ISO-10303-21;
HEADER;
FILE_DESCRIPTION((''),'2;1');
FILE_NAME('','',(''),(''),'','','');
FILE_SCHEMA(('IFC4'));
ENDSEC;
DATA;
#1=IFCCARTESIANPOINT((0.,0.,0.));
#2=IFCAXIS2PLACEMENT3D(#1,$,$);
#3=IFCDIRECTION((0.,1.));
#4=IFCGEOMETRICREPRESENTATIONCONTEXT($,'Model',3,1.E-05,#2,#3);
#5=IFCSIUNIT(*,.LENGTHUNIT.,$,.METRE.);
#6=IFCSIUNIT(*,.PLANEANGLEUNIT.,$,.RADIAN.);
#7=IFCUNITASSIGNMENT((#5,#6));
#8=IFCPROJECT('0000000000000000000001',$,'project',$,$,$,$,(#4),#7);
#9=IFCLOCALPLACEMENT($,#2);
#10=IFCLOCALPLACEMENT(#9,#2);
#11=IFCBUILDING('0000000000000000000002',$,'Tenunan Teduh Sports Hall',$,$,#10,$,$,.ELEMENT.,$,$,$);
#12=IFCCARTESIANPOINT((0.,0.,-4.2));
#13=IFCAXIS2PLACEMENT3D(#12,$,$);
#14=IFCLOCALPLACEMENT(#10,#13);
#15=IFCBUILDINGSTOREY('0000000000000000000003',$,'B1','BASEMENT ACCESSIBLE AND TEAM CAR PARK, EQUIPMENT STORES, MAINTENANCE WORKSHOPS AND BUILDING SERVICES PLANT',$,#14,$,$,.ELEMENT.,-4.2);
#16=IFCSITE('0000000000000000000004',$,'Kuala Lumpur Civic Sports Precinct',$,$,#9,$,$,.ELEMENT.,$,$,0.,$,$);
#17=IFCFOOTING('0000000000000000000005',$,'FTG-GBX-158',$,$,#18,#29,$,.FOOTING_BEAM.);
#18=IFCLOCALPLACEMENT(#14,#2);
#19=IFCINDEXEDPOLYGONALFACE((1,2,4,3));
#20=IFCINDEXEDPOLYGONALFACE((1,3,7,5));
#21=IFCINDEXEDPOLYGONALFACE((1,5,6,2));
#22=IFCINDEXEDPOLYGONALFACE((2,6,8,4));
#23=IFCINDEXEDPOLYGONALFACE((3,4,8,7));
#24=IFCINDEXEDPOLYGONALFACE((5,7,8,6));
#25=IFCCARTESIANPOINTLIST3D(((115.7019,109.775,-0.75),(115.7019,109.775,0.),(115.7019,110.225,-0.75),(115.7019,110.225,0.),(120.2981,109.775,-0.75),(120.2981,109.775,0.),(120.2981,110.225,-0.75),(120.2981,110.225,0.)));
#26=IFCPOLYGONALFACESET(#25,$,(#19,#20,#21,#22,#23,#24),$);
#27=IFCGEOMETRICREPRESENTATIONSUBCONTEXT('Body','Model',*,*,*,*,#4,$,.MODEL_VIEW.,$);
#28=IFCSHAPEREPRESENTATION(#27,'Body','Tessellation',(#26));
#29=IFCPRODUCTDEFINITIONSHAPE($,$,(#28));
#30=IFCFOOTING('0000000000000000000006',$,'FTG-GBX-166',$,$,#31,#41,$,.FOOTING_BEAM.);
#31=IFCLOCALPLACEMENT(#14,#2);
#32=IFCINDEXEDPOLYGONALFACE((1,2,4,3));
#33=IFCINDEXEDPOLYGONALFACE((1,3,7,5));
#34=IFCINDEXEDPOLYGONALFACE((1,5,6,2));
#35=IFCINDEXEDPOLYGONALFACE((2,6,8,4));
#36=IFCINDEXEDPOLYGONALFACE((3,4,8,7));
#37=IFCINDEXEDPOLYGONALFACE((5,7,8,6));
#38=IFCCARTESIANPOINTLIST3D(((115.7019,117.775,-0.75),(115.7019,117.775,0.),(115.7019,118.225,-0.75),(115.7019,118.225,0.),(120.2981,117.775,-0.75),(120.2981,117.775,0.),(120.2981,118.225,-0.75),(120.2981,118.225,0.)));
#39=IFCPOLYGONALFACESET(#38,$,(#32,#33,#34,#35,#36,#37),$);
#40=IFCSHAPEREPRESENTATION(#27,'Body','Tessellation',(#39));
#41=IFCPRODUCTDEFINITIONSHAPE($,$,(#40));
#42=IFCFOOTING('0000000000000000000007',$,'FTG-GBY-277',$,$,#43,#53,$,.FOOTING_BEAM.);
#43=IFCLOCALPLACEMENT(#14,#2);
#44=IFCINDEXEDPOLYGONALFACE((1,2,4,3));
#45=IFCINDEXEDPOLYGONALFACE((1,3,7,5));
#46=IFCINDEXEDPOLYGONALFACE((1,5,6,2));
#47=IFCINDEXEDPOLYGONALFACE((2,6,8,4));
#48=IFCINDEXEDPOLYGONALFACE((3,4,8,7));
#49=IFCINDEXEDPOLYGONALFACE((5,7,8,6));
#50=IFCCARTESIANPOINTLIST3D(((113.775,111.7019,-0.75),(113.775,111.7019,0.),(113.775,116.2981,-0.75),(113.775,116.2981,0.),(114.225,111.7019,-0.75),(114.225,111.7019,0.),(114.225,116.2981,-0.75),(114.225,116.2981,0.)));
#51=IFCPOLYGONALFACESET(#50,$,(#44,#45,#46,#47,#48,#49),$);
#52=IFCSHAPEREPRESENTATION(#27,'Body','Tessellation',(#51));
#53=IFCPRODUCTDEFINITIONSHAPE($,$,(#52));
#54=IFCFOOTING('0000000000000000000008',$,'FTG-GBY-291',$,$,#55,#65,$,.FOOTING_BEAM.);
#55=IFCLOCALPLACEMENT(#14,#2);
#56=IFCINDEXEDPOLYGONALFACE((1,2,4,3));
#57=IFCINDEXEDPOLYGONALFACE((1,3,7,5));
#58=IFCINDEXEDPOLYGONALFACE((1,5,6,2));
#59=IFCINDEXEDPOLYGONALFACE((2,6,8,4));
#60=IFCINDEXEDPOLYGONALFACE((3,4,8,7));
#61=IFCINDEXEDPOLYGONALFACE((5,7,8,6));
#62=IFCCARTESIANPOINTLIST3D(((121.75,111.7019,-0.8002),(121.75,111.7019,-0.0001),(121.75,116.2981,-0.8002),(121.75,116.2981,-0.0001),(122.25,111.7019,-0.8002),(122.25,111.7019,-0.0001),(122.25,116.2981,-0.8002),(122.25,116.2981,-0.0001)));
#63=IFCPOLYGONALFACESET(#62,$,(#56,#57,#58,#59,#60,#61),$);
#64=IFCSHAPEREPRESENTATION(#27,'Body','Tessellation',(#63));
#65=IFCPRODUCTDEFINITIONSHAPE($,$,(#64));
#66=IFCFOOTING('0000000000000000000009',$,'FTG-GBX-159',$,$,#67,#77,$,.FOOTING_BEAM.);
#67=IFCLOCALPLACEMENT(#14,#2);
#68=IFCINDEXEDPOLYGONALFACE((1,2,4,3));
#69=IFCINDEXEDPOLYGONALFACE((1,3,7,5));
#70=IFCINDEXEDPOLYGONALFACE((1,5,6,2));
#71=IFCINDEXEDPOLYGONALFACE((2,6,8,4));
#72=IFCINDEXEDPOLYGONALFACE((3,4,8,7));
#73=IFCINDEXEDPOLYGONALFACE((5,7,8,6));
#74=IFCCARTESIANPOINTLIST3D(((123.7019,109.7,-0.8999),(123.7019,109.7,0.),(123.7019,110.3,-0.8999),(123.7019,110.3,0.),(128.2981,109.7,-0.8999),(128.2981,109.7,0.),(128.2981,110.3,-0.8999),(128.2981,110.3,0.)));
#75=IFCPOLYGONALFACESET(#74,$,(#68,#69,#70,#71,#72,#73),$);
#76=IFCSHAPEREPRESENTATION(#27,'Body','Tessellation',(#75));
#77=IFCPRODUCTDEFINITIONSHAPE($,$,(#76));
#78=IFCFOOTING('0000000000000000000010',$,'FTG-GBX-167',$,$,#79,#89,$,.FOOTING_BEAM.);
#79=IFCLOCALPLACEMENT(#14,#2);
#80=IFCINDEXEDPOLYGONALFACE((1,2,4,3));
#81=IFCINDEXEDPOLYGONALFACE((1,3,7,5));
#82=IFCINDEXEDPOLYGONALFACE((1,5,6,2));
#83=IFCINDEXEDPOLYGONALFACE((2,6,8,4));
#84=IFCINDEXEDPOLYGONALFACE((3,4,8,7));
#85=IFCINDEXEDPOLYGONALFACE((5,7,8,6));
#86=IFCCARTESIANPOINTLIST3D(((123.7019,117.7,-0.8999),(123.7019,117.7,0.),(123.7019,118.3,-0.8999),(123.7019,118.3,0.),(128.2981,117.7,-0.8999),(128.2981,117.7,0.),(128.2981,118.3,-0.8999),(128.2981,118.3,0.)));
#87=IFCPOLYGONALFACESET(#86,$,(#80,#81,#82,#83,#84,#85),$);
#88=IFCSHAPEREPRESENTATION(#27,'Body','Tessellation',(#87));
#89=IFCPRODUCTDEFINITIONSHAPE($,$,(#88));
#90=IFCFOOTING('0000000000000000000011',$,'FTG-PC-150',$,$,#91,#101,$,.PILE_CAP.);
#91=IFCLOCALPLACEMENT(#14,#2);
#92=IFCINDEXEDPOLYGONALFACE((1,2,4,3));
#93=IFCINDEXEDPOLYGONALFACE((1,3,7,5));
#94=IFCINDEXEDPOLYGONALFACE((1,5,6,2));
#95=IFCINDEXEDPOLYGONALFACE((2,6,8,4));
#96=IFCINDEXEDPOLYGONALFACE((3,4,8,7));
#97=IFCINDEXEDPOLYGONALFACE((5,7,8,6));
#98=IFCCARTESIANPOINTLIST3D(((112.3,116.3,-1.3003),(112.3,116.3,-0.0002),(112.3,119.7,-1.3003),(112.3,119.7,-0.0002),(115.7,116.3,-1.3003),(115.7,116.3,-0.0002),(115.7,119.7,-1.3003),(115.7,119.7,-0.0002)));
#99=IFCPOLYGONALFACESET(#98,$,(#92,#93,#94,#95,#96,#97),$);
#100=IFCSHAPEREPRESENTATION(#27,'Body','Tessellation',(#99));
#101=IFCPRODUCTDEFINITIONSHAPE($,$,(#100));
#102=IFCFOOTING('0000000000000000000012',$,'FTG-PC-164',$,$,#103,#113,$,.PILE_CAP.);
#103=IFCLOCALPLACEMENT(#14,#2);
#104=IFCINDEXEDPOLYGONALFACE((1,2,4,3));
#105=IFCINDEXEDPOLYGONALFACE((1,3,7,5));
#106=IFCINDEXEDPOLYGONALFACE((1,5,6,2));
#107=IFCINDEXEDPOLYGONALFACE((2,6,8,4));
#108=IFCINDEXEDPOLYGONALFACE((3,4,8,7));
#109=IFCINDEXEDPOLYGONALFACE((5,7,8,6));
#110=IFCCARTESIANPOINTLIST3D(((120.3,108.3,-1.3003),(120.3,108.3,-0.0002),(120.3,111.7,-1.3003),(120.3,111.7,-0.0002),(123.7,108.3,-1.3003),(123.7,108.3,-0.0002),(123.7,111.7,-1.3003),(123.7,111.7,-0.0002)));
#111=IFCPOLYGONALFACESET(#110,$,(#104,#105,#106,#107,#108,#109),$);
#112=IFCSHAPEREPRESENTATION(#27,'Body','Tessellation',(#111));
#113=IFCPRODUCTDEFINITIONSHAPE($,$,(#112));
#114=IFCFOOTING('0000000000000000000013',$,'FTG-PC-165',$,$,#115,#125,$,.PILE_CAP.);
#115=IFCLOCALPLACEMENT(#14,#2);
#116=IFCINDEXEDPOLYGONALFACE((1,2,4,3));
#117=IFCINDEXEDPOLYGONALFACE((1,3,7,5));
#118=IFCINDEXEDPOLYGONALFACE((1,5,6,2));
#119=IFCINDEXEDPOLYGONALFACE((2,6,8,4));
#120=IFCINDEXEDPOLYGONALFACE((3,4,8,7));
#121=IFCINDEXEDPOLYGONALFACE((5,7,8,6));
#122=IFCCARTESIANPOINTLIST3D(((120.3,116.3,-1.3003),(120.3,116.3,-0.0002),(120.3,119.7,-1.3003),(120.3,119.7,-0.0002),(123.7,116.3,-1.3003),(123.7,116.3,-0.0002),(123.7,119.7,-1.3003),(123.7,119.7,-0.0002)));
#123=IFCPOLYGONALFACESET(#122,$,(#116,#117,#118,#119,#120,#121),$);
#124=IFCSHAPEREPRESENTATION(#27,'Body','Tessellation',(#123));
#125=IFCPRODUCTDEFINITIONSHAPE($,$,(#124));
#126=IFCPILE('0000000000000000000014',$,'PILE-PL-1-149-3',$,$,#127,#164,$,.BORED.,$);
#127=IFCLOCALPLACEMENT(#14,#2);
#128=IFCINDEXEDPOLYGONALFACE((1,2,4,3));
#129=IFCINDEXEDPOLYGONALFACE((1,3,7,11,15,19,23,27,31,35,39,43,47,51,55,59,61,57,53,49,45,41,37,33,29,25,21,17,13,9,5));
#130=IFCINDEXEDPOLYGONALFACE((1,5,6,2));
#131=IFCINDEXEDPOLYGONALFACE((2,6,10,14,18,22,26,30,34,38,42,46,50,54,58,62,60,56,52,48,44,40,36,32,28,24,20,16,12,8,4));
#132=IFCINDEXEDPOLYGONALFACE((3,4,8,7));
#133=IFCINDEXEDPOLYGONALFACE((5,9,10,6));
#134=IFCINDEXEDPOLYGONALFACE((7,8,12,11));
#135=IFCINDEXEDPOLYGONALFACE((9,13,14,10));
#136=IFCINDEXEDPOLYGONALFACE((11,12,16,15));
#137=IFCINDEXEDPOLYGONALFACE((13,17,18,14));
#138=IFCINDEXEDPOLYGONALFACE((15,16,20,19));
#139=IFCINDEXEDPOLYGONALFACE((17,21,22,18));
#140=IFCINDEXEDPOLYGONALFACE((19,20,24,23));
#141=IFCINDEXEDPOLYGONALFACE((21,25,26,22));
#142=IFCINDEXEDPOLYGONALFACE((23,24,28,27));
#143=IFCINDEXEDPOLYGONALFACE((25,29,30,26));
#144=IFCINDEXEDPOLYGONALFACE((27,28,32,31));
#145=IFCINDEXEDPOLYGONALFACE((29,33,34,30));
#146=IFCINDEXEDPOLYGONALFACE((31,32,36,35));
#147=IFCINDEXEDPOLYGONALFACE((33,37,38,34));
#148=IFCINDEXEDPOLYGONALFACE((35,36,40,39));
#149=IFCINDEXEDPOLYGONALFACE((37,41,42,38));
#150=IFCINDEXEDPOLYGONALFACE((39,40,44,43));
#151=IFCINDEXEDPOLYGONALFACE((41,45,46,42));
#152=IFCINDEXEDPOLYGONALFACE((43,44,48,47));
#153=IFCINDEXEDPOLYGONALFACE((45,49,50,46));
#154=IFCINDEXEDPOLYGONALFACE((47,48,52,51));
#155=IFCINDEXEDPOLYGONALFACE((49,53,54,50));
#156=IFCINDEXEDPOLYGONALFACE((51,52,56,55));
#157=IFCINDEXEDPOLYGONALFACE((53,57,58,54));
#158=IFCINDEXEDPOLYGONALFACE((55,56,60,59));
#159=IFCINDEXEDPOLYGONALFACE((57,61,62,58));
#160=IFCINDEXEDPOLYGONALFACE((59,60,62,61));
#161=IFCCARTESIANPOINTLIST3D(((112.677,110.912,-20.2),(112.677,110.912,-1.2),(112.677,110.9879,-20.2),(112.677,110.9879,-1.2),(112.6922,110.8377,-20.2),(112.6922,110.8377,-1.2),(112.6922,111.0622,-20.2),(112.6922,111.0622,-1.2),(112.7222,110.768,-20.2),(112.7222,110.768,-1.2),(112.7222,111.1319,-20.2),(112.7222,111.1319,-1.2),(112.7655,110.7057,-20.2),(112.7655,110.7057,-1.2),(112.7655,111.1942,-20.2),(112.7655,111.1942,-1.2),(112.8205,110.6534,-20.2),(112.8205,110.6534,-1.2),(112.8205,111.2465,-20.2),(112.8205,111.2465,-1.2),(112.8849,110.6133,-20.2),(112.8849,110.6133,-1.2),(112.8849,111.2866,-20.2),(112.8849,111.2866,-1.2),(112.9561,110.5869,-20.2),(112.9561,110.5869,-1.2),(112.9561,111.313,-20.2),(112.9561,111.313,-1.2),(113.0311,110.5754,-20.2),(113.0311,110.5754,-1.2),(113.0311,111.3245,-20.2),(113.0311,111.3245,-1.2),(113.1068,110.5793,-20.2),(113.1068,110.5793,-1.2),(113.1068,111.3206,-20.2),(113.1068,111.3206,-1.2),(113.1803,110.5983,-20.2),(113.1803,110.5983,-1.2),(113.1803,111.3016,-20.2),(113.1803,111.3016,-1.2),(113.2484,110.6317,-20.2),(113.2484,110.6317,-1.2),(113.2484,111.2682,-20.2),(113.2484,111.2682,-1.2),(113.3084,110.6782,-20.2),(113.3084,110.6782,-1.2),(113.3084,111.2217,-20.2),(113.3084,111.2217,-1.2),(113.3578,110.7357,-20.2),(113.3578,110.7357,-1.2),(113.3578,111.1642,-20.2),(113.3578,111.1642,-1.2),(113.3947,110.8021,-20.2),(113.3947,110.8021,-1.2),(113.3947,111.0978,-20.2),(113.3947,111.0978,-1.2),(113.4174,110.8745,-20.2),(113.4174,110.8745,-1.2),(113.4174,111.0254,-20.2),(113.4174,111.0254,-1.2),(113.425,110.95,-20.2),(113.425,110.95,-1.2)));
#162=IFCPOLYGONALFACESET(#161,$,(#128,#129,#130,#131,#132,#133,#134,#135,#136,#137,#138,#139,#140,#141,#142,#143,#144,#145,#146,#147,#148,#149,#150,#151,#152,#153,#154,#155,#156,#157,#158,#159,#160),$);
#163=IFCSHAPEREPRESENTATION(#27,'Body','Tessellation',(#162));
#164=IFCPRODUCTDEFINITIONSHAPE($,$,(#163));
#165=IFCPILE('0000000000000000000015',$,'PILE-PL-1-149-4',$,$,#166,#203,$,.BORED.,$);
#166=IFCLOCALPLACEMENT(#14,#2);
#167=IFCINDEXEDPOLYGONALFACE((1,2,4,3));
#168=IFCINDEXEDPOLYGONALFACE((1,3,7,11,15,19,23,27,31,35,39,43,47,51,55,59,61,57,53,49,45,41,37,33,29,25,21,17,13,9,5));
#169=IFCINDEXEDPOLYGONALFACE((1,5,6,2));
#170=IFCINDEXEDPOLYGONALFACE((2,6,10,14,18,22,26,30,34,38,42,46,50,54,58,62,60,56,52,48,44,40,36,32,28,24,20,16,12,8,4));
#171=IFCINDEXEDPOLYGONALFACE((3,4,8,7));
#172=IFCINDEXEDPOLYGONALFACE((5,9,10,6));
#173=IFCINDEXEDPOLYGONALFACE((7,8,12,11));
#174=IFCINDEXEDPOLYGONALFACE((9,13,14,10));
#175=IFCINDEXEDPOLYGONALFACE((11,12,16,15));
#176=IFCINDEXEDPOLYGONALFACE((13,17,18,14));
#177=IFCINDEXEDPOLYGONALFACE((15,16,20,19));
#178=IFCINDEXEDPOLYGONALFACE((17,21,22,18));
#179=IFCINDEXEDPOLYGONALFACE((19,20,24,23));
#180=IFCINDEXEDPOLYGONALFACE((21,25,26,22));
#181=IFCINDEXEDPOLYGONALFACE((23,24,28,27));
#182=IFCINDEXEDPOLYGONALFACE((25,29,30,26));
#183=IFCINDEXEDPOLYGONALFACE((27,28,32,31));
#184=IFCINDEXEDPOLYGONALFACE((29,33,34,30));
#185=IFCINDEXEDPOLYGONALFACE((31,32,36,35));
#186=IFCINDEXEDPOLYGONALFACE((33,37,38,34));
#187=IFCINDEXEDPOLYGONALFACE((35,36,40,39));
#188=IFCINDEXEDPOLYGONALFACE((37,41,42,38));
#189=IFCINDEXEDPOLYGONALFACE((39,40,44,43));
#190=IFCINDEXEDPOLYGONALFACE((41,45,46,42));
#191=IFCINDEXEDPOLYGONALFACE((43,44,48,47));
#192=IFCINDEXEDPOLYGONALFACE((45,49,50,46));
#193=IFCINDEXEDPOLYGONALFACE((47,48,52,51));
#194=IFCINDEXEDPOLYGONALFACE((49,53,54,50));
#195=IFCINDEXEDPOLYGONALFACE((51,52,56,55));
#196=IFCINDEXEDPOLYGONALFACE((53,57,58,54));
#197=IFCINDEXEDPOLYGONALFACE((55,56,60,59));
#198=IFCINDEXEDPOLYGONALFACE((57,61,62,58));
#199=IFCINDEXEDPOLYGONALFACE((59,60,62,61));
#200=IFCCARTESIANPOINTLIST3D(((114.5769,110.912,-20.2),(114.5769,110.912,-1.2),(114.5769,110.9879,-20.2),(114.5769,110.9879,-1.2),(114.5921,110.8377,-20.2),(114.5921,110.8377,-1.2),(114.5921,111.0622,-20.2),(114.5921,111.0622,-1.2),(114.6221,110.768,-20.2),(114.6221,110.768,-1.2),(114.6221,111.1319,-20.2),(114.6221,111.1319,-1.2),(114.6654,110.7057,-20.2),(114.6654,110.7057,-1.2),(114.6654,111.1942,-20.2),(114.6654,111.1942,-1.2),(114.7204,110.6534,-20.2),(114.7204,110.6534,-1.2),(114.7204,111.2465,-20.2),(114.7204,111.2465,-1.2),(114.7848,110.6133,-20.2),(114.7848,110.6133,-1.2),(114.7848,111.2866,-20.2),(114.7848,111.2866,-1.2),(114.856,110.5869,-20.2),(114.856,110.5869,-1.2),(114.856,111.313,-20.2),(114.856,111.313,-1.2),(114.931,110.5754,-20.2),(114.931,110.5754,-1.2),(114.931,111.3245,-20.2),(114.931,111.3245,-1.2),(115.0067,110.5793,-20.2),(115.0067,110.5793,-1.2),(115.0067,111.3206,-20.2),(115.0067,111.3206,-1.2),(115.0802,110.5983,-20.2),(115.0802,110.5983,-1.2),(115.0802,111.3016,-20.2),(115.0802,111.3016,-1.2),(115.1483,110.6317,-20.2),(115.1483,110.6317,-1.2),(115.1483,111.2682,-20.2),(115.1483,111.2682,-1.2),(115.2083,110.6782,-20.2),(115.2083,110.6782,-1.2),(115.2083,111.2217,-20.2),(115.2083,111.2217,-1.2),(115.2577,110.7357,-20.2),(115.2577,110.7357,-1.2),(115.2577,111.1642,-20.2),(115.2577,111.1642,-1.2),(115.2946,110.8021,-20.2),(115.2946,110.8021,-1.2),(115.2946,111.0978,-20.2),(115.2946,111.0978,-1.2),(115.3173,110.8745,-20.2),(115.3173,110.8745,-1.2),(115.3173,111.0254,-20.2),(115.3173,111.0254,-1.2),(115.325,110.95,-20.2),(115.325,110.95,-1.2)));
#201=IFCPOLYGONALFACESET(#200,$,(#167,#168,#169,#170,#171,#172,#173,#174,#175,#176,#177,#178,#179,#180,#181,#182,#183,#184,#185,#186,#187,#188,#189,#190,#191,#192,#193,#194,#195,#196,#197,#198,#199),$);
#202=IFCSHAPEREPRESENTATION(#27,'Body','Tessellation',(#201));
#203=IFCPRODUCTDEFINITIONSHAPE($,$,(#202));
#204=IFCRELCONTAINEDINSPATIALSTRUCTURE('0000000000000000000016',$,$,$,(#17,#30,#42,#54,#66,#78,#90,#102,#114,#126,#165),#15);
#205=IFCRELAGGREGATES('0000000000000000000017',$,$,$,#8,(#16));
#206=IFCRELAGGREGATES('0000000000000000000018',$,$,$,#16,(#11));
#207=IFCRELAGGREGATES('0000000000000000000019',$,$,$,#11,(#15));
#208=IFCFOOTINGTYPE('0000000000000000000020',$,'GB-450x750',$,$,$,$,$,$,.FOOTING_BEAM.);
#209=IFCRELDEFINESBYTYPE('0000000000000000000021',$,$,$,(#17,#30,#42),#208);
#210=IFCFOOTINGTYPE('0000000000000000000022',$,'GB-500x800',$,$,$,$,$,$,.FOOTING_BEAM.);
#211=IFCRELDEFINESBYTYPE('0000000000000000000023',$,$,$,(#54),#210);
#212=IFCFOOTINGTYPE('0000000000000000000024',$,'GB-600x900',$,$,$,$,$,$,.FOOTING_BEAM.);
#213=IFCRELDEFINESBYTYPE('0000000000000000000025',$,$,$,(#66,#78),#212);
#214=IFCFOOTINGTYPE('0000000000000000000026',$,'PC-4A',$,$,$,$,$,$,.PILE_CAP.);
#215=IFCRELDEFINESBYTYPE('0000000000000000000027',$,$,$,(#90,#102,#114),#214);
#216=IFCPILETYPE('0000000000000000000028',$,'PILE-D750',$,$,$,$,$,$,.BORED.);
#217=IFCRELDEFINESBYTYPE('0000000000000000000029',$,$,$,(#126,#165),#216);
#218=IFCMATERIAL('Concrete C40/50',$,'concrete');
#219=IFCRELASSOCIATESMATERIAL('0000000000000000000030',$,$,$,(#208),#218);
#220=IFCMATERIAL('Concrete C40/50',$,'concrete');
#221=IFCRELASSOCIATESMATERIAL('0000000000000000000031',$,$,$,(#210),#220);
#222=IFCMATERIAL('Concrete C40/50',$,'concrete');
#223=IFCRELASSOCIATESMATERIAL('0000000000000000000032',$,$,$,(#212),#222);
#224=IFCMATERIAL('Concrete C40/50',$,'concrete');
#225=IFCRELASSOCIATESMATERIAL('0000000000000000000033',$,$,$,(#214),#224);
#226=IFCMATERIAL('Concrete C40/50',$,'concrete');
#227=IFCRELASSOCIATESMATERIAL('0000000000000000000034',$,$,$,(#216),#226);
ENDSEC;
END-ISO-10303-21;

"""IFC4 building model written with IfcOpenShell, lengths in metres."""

from ifc_helpers import new_model, si_unit, direction, frame, origin, origin_2d, place, context, subcontext, project, spatial, rectangle, circle, extrude, material, material_profile, profile_set, type_object, element, save


model = new_model("IFC4")

# Units and contexts
model_context = context("Model", 3, precision=1e-05, world=origin(), true_north=direction((0.0, 1.0)))
body_context = subcontext(model_context, "Body", "Model", "MODEL_VIEW")
ifc_project = project(units=[si_unit("LENGTHUNIT", "METRE"), si_unit("PLANEANGLEUNIT", "RADIAN")], contexts=[model_context])

# Site, building, storey
site_placement = place(None, origin())
site = spatial("IfcSite", under=ifc_project, at=site_placement, Name="Kuala Lumpur Civic Sports Precinct", CompositionType="ELEMENT", RefElevation=0.0)
building_placement = place(site_placement, origin())
building = spatial("IfcBuilding", under=site, at=building_placement, Name="Tenunan Teduh Sports Hall", CompositionType="ELEMENT")
storey_placement = place(building_placement, frame((0.0, 0.0, -4.2)))
storey = spatial("IfcBuildingStorey", under=building, at=storey_placement, Name="B1", Description="BASEMENT ACCESSIBLE AND TEAM CAR PARK, EQUIPMENT STORES, MAINTENANCE WORKSHOPS AND BUILDING SERVICES PLANT", CompositionType="ELEMENT", Elevation=-4.2)

# Footings
ifc_material_1 = material(Name="Concrete C40/50", Category="concrete")
ifc_material_profile_1 = material_profile(ifc_material_1, rectangle(XDim=0.45, YDim=0.75, at=origin_2d()), Name="RCB 450x750")
ifc_profile_set_1 = profile_set([ifc_material_profile_1], Name="Concrete C40/50")
footing_type_1 = type_object("IfcFootingType", Name="GB-450x750", PredefinedType="FOOTING_BEAM", material=ifc_profile_set_1)
for number, where, z_axis, x_axis, name in (
    (1, (115.7019, 110.0, -0.375), (1.0, 0.0, 0.0), (0.0, 1.0, 0.0), "FTG-GBX-158"),
    (2, (115.7019, 118.0, -0.375), (1.0, 0.0, 0.0), (0.0, 1.0, 0.0), "FTG-GBX-166"),
    (3, (114.0, 111.7019, -0.375), (0.0, 1.0, 0.0), (-1.0, 0.0, 0.0), "FTG-GBY-277"),
):
    element("IfcFooting", number, at=place(storey_placement, frame(where, z_axis=z_axis, x_axis=x_axis)), inside=storey, type_object=footing_type_1, Name=name, PredefinedType="FOOTING_BEAM", context=body_context, shape_type="SweptSolid", body=[
        extrude(rectangle(XDim=0.45, YDim=0.75, at=origin_2d()), origin(), (0.0, 0.0, 1.0), 4.5962),
    ])
ifc_material_2 = material(Name="Concrete C40/50", Category="concrete")
ifc_material_profile_2 = material_profile(ifc_material_2, rectangle(XDim=0.5, YDim=0.8, at=origin_2d()), Name="RCB 500x800")
ifc_profile_set_2 = profile_set([ifc_material_profile_2], Name="Concrete C40/50")
footing_type_2 = type_object("IfcFootingType", Name="GB-500x800", PredefinedType="FOOTING_BEAM", material=ifc_profile_set_2)
footing_placement = place(storey_placement, frame((122.0, 111.7019, -0.4001), z_axis=(0.0, 1.0, 0.0), x_axis=(-1.0, 0.0, 0.0)))
element("IfcFooting", 4, at=footing_placement, inside=storey, type_object=footing_type_2, Name="FTG-GBY-291", PredefinedType="FOOTING_BEAM", context=body_context, shape_type="SweptSolid", body=[
    extrude(rectangle(XDim=0.5, YDim=0.8, at=origin_2d()), origin(), (0.0, 0.0, 1.0), 4.5962),
])
ifc_material_3 = material(Name="Concrete C40/50", Category="concrete")
ifc_material_profile_3 = material_profile(ifc_material_3, rectangle(XDim=0.6001, YDim=0.8999, at=origin_2d()), Name="RCB 600x900")
ifc_profile_set_3 = profile_set([ifc_material_profile_3], Name="Concrete C40/50")
footing_type_3 = type_object("IfcFootingType", Name="GB-600x900", PredefinedType="FOOTING_BEAM", material=ifc_profile_set_3)
for number, where, z_axis, x_axis, name in (
    (5, (123.7019, 110.0, -0.45), (1.0, 0.0, 0.0), (0.0, 1.0, 0.0), "FTG-GBX-159"),
    (6, (123.7019, 118.0, -0.45), (1.0, 0.0, 0.0), (0.0, 1.0, 0.0), "FTG-GBX-167"),
):
    element("IfcFooting", number, at=place(storey_placement, frame(where, z_axis=z_axis, x_axis=x_axis)), inside=storey, type_object=footing_type_3, Name=name, PredefinedType="FOOTING_BEAM", context=body_context, shape_type="SweptSolid", body=[
        extrude(rectangle(XDim=0.6001, YDim=0.8999, at=origin_2d()), origin(), (0.0, 0.0, 1.0), 4.5962),
    ])
ifc_material_4 = material(Name="Concrete C40/50", Category="concrete")
footing_type_4 = type_object("IfcFootingType", Name="PC-4A", PredefinedType="PILE_CAP", material=ifc_material_4)
for number, where, z_axis, x_axis, name in (
    (7, (114.0, 118.0, -1.3003), (0.0, 0.0, 1.0), (1.0, 0.0, 0.0), "FTG-PC-150"),
    (8, (122.0, 110.0, -1.3003), (0.0, 0.0, 1.0), (1.0, 0.0, 0.0), "FTG-PC-164"),
    (9, (122.0, 118.0, -1.3003), (0.0, 0.0, 1.0), (1.0, 0.0, 0.0), "FTG-PC-165"),
):
    element("IfcFooting", number, at=place(storey_placement, frame(where, z_axis=z_axis, x_axis=x_axis)), inside=storey, type_object=footing_type_4, Name=name, PredefinedType="PILE_CAP", context=body_context, shape_type="SweptSolid", body=[
        extrude(rectangle(XDim=3.3999, YDim=3.3999, at=origin_2d()), origin(), (0.0, 0.0, 1.0), 1.3),
    ])

# Piles
ifc_material_5 = material(Name="Concrete C40/50", Category="concrete")
ifc_material_profile_4 = material_profile(ifc_material_5, circle(Radius=0.375, at=origin_2d()), Name="PILE D750")
ifc_profile_set_4 = profile_set([ifc_material_profile_4], Name="Concrete C40/50")
pile_type = type_object("IfcPileType", Name="PILE-D750", PredefinedType="BORED", material=ifc_profile_set_4)
for number, where, z_axis, x_axis, name in (
    (10, (113.05, 110.95, -1.2), (0.0, 0.0, -1.0), (1.0, 0.0, 0.0), "PILE-PL-1-149-3"),
    (11, (114.95, 110.95, -1.2), (0.0, 0.0, -1.0), (1.0, 0.0, 0.0), "PILE-PL-1-149-4"),
):
    element("IfcPile", number, at=place(storey_placement, frame(where, z_axis=z_axis, x_axis=x_axis)), inside=storey, type_object=pile_type, Name=name, PredefinedType="BORED", context=body_context, shape_type="SweptSolid", body=[
        extrude(circle(Radius=0.375, at=origin_2d()), origin(), (0.0, 0.0, 1.0), 19.0),
    ])

save(model, "model.ifc")
